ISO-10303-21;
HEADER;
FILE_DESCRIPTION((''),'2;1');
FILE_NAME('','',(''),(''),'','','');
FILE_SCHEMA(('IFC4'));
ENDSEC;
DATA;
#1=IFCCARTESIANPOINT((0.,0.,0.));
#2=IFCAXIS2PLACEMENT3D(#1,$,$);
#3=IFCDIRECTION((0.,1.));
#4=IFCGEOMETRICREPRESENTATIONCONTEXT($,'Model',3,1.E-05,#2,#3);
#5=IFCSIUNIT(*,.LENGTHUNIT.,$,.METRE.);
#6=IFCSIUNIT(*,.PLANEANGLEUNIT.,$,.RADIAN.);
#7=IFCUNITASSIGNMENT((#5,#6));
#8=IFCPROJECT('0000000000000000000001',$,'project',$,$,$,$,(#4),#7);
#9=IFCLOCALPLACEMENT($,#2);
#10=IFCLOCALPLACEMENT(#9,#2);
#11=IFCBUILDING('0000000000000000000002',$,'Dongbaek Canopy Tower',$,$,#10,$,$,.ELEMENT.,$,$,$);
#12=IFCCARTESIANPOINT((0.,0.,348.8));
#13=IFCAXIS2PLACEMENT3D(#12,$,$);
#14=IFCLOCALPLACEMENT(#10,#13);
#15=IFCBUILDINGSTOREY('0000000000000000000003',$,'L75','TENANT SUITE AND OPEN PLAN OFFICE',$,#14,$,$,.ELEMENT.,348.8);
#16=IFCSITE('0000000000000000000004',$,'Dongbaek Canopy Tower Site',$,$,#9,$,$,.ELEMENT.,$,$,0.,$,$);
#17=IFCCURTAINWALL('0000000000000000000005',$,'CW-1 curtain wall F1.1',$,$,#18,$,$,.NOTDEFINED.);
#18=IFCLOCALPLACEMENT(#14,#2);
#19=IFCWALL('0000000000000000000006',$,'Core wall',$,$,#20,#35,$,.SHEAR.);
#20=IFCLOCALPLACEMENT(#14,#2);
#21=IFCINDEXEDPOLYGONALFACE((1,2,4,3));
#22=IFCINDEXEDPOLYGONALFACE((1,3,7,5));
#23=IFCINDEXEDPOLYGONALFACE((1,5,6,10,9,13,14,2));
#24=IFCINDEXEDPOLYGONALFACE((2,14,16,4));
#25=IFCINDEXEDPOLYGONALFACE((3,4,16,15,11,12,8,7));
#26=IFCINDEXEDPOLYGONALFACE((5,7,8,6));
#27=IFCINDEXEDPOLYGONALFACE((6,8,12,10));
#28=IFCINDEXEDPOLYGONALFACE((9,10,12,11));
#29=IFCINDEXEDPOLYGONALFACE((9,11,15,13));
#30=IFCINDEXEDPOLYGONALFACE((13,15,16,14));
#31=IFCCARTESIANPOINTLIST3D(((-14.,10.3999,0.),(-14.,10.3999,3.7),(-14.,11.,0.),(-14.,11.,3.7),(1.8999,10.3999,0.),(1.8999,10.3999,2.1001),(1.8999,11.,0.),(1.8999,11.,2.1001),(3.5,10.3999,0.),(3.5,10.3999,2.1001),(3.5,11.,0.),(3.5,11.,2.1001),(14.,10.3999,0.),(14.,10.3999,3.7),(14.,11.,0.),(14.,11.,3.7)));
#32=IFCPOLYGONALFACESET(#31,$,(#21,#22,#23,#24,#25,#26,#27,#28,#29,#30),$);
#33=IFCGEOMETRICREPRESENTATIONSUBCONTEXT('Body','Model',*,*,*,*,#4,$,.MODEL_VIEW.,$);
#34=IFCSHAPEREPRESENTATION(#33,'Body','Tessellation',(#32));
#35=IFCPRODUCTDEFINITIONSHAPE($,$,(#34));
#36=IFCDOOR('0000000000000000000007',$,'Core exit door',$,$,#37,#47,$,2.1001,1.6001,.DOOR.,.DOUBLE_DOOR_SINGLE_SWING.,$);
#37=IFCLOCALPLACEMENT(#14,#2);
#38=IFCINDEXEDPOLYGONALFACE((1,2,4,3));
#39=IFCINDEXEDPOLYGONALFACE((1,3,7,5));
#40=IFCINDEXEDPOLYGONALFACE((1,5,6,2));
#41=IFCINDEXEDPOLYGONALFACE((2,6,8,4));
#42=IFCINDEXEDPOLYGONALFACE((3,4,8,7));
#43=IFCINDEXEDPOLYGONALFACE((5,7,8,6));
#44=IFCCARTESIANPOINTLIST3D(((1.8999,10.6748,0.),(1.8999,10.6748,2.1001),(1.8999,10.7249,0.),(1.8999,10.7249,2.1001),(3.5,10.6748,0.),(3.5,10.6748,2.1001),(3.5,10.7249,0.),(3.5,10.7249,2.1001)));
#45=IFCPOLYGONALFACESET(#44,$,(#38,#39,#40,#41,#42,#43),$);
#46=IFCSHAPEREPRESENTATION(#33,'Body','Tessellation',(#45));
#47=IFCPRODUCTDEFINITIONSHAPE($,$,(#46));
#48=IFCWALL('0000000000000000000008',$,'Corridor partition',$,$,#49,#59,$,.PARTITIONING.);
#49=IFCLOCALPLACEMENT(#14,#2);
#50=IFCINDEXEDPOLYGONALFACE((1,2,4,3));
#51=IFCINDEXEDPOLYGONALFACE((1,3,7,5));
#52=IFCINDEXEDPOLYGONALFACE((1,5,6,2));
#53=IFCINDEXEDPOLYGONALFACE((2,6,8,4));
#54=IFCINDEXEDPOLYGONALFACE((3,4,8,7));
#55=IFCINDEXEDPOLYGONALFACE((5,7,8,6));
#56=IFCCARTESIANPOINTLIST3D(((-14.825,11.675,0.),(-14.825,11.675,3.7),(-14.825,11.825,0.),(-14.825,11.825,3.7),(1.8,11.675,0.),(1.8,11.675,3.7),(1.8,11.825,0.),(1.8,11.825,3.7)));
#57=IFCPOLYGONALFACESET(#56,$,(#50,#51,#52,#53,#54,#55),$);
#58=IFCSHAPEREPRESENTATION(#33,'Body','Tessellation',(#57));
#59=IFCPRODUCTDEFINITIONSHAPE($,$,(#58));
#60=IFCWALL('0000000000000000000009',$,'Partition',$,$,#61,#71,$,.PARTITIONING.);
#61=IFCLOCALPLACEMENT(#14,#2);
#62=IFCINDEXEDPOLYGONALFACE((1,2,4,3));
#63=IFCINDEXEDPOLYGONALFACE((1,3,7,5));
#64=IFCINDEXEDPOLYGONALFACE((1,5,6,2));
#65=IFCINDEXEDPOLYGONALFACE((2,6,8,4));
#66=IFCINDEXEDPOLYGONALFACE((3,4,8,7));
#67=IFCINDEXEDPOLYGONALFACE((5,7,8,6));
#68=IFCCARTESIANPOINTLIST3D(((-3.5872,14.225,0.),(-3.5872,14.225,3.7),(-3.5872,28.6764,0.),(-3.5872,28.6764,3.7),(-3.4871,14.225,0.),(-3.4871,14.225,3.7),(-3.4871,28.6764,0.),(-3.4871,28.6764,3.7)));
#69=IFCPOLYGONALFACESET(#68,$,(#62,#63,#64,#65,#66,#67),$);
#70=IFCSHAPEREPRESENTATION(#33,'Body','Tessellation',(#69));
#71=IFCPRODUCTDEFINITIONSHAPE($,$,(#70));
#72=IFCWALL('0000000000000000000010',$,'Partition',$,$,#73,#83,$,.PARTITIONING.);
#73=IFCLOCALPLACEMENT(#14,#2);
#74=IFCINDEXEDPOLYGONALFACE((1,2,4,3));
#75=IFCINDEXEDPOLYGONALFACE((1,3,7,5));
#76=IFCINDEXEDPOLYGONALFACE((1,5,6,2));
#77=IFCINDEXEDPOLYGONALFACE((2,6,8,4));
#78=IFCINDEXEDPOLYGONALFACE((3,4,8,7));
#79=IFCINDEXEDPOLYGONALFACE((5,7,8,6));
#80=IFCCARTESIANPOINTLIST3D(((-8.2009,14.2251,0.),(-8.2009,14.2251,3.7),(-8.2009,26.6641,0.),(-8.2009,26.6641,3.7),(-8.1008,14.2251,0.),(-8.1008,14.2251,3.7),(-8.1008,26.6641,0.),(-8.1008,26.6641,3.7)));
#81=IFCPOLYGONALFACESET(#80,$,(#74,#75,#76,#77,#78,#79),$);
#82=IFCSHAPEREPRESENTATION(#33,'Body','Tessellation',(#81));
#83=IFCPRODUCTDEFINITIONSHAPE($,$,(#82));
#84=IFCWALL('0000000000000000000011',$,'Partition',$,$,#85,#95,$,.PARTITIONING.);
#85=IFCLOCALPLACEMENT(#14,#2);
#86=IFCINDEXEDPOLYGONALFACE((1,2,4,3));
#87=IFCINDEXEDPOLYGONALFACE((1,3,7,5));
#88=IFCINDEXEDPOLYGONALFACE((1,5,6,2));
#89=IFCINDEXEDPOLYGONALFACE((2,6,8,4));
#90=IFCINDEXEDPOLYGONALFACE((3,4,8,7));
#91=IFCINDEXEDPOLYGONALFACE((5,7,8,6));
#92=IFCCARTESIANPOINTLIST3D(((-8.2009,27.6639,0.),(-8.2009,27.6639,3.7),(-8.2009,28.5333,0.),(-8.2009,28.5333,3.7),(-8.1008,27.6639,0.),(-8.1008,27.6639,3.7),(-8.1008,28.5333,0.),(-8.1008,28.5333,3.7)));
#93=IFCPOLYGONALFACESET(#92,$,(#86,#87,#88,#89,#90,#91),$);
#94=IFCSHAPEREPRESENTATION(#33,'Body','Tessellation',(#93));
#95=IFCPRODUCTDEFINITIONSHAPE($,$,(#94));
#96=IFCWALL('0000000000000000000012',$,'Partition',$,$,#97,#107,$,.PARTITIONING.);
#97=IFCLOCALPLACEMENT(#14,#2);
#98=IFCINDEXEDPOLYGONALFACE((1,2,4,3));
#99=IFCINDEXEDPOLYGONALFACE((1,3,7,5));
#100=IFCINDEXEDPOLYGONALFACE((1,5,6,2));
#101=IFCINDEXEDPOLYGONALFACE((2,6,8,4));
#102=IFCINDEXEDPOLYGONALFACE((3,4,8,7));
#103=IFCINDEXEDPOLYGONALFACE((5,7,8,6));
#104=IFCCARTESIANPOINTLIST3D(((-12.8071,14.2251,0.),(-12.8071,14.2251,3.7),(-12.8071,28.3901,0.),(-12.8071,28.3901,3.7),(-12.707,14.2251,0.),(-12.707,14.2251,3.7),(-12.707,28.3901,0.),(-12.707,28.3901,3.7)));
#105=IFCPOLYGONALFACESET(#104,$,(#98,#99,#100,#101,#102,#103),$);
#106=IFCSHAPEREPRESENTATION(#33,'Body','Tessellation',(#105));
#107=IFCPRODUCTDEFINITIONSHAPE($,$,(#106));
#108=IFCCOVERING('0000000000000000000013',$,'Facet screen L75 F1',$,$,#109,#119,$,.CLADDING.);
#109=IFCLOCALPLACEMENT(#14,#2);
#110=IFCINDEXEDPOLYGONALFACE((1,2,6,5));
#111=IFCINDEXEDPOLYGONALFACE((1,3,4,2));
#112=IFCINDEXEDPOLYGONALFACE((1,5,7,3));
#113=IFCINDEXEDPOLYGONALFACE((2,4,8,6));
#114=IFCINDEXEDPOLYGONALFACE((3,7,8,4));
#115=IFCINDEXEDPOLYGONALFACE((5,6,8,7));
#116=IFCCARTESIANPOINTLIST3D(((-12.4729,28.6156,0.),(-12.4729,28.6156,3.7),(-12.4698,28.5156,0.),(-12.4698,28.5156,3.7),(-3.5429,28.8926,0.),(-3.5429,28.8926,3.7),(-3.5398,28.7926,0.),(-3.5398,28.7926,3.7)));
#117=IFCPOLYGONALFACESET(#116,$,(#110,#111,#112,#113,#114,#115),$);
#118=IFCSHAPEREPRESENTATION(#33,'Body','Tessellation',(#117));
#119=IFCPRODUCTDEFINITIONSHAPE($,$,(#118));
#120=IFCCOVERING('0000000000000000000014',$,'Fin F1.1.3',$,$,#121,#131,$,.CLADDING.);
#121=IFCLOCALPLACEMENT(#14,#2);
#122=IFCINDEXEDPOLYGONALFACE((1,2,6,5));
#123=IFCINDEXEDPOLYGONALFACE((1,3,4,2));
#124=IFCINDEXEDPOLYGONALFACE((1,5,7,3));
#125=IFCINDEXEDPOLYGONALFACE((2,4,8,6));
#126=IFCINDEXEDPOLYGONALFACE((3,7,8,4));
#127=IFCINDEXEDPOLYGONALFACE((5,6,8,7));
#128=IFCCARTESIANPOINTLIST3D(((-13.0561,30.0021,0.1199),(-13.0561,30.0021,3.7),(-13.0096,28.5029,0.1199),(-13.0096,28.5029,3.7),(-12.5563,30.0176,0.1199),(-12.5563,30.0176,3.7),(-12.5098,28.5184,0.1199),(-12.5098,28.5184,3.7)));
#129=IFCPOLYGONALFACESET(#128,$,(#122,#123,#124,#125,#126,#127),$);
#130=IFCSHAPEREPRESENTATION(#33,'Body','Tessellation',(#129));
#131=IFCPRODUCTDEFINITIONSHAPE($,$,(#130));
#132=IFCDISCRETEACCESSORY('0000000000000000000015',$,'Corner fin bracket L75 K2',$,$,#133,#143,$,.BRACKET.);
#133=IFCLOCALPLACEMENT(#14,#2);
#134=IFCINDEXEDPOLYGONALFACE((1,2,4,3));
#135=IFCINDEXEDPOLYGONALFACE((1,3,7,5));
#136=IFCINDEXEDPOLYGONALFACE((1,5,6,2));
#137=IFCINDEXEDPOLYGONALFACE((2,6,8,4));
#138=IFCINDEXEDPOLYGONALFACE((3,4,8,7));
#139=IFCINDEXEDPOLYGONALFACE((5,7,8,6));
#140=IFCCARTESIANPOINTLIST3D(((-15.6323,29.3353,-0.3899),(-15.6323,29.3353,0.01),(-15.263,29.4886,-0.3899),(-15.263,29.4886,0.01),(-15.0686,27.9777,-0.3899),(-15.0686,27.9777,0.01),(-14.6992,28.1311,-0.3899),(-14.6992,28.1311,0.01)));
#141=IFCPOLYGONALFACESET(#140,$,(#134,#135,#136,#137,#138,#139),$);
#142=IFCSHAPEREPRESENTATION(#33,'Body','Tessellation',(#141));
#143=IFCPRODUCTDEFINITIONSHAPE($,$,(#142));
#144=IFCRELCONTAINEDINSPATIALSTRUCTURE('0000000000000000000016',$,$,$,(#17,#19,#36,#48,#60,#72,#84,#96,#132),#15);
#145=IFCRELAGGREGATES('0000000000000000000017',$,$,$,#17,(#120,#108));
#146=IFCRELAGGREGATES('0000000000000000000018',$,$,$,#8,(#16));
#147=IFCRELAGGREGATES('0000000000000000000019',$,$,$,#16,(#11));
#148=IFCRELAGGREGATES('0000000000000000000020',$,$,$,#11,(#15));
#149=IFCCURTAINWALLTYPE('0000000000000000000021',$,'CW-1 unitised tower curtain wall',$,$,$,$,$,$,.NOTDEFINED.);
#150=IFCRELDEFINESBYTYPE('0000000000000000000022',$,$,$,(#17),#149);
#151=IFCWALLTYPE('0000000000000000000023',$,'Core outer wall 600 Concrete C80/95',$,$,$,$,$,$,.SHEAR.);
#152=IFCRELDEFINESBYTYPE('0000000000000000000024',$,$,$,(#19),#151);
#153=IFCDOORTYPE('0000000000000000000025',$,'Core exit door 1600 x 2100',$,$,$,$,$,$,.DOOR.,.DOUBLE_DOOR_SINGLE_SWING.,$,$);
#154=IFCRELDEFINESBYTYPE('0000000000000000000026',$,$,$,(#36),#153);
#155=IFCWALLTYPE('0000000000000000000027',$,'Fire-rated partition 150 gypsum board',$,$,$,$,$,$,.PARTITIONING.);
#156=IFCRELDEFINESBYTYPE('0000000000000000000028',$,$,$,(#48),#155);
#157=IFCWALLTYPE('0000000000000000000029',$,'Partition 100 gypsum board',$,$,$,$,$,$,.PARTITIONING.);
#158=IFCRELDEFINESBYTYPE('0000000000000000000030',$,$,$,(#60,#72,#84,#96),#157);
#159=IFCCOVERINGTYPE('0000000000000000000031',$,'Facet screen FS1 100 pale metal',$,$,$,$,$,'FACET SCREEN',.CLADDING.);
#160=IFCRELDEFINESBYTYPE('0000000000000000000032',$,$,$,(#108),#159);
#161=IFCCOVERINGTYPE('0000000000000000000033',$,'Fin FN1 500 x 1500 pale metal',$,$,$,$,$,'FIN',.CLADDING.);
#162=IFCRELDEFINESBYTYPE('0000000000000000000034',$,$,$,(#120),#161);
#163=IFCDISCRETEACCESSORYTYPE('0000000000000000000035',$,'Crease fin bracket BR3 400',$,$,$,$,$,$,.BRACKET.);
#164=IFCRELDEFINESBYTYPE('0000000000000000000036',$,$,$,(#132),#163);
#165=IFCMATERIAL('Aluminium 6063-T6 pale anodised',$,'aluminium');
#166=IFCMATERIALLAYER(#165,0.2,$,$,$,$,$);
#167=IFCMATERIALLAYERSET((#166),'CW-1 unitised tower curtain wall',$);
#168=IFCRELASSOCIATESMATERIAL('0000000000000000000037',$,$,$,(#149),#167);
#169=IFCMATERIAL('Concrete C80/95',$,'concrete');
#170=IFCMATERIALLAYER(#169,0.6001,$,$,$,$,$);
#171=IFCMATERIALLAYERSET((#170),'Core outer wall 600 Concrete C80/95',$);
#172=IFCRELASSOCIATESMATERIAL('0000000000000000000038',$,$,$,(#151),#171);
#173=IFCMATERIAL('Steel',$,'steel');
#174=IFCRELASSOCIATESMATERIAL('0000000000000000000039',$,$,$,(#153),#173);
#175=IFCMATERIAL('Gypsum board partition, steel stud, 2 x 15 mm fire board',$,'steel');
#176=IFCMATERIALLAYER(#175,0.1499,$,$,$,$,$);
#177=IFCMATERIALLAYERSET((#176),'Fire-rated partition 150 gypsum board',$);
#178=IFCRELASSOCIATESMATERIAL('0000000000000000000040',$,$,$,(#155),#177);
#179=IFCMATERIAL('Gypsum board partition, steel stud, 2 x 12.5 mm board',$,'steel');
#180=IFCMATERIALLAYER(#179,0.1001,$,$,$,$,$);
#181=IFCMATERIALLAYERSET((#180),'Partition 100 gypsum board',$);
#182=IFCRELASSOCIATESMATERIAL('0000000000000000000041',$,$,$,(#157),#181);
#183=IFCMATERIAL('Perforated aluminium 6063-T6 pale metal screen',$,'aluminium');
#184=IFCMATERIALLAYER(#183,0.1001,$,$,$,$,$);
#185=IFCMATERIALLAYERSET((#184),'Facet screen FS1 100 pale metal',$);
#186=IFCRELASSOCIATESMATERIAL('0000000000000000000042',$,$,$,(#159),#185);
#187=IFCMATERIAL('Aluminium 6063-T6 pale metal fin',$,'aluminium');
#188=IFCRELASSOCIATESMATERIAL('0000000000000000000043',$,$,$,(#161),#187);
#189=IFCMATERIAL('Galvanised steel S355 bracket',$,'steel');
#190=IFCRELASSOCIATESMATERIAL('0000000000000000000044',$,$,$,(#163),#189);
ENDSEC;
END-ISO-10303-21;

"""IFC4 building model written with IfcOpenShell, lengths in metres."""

from ifc_helpers import new_model, si_unit, direction, frame, frame_2d, origin, origin_2d, place, context, subcontext, project, spatial, rectangle, extrude, material, layer, layer_set, material_profile, profile_set, type_object, element, fill, aggregate, save


model = new_model("IFC4")

# Units and contexts
model_context = context("Model", 3, precision=1e-05, world=origin(), true_north=direction((0.0, 1.0)))
body_context = subcontext(model_context, "Body", "Model", "MODEL_VIEW")
ifc_project = project(units=[si_unit("LENGTHUNIT", "METRE"), si_unit("PLANEANGLEUNIT", "RADIAN")], contexts=[model_context])

# Site, building, storey
site_placement = place(None, origin())
site = spatial("IfcSite", under=ifc_project, at=site_placement, Name="Dongbaek Canopy Tower Site", CompositionType="ELEMENT", RefElevation=0.0)
building_placement = place(site_placement, origin())
building = spatial("IfcBuilding", under=site, at=building_placement, Name="Dongbaek Canopy Tower", CompositionType="ELEMENT")
storey_placement = place(building_placement, frame((0.0, 0.0, 348.8)))
storey = spatial("IfcBuildingStorey", under=building, at=storey_placement, Name="L75", Description="TENANT SUITE AND OPEN PLAN OFFICE", CompositionType="ELEMENT", Elevation=348.8)

# Curtain wall
ifc_material_1 = material(Name="Aluminium 6063-T6 pale anodised", Category="aluminium")
ifc_layer_1 = layer(ifc_material_1, 0.2)
ifc_layer_set_1 = layer_set([ifc_layer_1], Name="CW-1 unitised tower curtain wall")
curtain_wall_type = type_object("IfcCurtainWallType", Name="CW-1 unitised tower curtain wall", PredefinedType="NOTDEFINED", material=ifc_layer_set_1)
curtain_wall_1_placement = place(storey_placement, origin())
curtain_wall_1 = element("IfcCurtainWall", 1, at=curtain_wall_1_placement, inside=storey, type_object=curtain_wall_type, Name="CW-1 curtain wall F1.1", PredefinedType="NOTDEFINED")

# Wall, opening, door
ifc_material_2 = material(Name="Concrete C80/95", Category="concrete")
ifc_layer_2 = layer(ifc_material_2, 0.6001)
ifc_layer_set_2 = layer_set([ifc_layer_2], Name="Core outer wall 600 Concrete C80/95")
wall_type_1 = type_object("IfcWallType", Name="Core outer wall 600 Concrete C80/95", PredefinedType="SHEAR", material=ifc_layer_set_2)
wall_1_placement = place(storey_placement, frame((-14.0, 10.7, 0.0), z_axis=(0.0, 0.0, 1.0), x_axis=(1.0, 0.0, 0.0)))
wall_1 = element("IfcWall", 2, at=wall_1_placement, inside=storey, type_object=wall_type_1, Name="Core wall", PredefinedType="SHEAR", context=body_context, shape_type="SweptSolid", body=[
    extrude(rectangle(XDim=28.0, YDim=0.6001, at=frame_2d((14.0, 0.0))), origin(), (0.0, 0.0, 1.0), 3.7),
])
opening_placement = place(wall_1_placement, frame((15.8999, 0.0, 0.0)))
opening = element("IfcOpeningElement", 3, at=opening_placement, cuts=wall_1, PredefinedType="OPENING", context=body_context, shape_type="SweptSolid", body=[
    extrude(rectangle(XDim=1.6001, YDim=2.1001, at=frame_2d((0.8, 1.05))), frame((0.0, 0.3101, 0.0), z_axis=(0.0, -1.0, 0.0), x_axis=(1.0, 0.0, 0.0)), (0.0, 0.0, 1.0), 0.6201),
])
ifc_material_3 = material(Name="Steel", Category="steel")
door_type = type_object("IfcDoorType", Name="Core exit door 1600 x 2100", OperationType="DOUBLE_DOOR_SINGLE_SWING", PredefinedType="DOOR", material=ifc_material_3)
door_placement = place(opening_placement, origin())
door = element("IfcDoor", 4, at=door_placement, inside=storey, type_object=door_type, Name="Core exit door", OperationType="DOUBLE_DOOR_SINGLE_SWING", OverallHeight=2.1001, OverallWidth=1.6001, PredefinedType="DOOR", context=body_context, shape_type="SweptSolid", body=[
    extrude(rectangle(XDim=1.6001, YDim=2.1001, at=frame_2d((0.8, 1.05))), frame((0.0, 0.0249, 0.0), z_axis=(0.0, -1.0, 0.0), x_axis=(1.0, 0.0, 0.0)), (0.0, 0.0, 1.0), 0.05),
])
fill(opening, door)

# Walls
ifc_material_4 = material(Name="Gypsum board partition, steel stud, 2 x 15 mm fire board", Category="steel")
ifc_layer_3 = layer(ifc_material_4, 0.1499)
ifc_layer_set_3 = layer_set([ifc_layer_3], Name="Fire-rated partition 150 gypsum board")
wall_type_2 = type_object("IfcWallType", Name="Fire-rated partition 150 gypsum board", PredefinedType="PARTITIONING", material=ifc_layer_set_3)
wall_2_placement = place(storey_placement, frame((-14.825, 11.75, 0.0), z_axis=(0.0, 0.0, 1.0), x_axis=(1.0, 0.0, 0.0)))
element("IfcWall", 5, at=wall_2_placement, inside=storey, type_object=wall_type_2, Name="Corridor partition", PredefinedType="PARTITIONING", context=body_context, shape_type="SweptSolid", body=[
    extrude(rectangle(XDim=16.625, YDim=0.1499, at=frame_2d((8.3125, 0.0))), origin(), (0.0, 0.0, 1.0), 3.7),
])
ifc_material_5 = material(Name="Gypsum board partition, steel stud, 2 x 12.5 mm board", Category="steel")
ifc_layer_4 = layer(ifc_material_5, 0.1001)
ifc_layer_set_4 = layer_set([ifc_layer_4], Name="Partition 100 gypsum board")
wall_type_3 = type_object("IfcWallType", Name="Partition 100 gypsum board", PredefinedType="PARTITIONING", material=ifc_layer_set_4)
wall_3_placement = place(storey_placement, frame((-3.5371, 14.2251, 0.0), z_axis=(0.0, 0.0, 1.0), x_axis=(0.0, 1.0, 0.0)))
element("IfcWall", 6, at=wall_3_placement, inside=storey, type_object=wall_type_3, Name="Partition", PredefinedType="PARTITIONING", context=body_context, shape_type="SweptSolid", body=[
    extrude(rectangle(XDim=14.4514, YDim=0.1001, at=frame_2d((7.2256, 0.0))), origin(), (0.0, 0.0, 1.0), 3.7),
])
wall_4_placement = place(storey_placement, frame((-8.1509, 14.2251, 0.0), z_axis=(0.0, 0.0, 1.0), x_axis=(0.0, 1.0, 0.0)))
element("IfcWall", 7, at=wall_4_placement, inside=storey, type_object=wall_type_3, Name="Partition", PredefinedType="PARTITIONING", context=body_context, shape_type="SweptSolid", body=[
    extrude(rectangle(XDim=12.439, YDim=0.1001, at=frame_2d((6.2195, 0.0))), origin(), (0.0, 0.0, 1.0), 3.7),
])
wall_5_placement = place(storey_placement, frame((-8.1509, 27.6641, 0.0), z_axis=(0.0, 0.0, 1.0), x_axis=(0.0, 1.0, 0.0)))
element("IfcWall", 8, at=wall_5_placement, inside=storey, type_object=wall_type_3, Name="Partition", PredefinedType="PARTITIONING", context=body_context, shape_type="SweptSolid", body=[
    extrude(rectangle(XDim=0.8694, YDim=0.1001, at=frame_2d((0.4346, 0.0))), origin(), (0.0, 0.0, 1.0), 3.7),
])
wall_6_placement = place(storey_placement, frame((-12.7571, 14.2251, 0.0), z_axis=(0.0, 0.0, 1.0), x_axis=(0.0, 1.0, 0.0)))
element("IfcWall", 9, at=wall_6_placement, inside=storey, type_object=wall_type_3, Name="Partition", PredefinedType="PARTITIONING", context=body_context, shape_type="SweptSolid", body=[
    extrude(rectangle(XDim=14.165, YDim=0.1001, at=frame_2d((7.0825, 0.0))), origin(), (0.0, 0.0, 1.0), 3.7),
])

# Coverings
ifc_material_6 = material(Name="Perforated aluminium 6063-T6 pale metal screen", Category="aluminium")
ifc_layer_5 = layer(ifc_material_6, 0.1001)
ifc_layer_set_5 = layer_set([ifc_layer_5], Name="Facet screen FS1 100 pale metal")
covering_type_1 = type_object("IfcCoveringType", Name="Facet screen FS1 100 pale metal", ElementType="FACET SCREEN", PredefinedType="CLADDING", material=ifc_layer_set_5)
covering_1_placement = place(storey_placement, frame((-8.0063, 28.7041, 0.0), z_axis=(0.0, 0.0, 1.0), x_axis=(-0.999519, -0.031004, 0.0)))
covering_1 = element("IfcCovering", 10, at=covering_1_placement, type_object=covering_type_1, Name="Facet screen L75 F1", PredefinedType="CLADDING", context=body_context, shape_type="SweptSolid", body=[
    extrude(rectangle(XDim=8.9343, YDim=0.1001, at=origin_2d()), origin(), (0.0, 0.0, 1.0), 3.7),
])
ifc_material_7 = material(Name="Aluminium 6063-T6 pale metal fin", Category="aluminium")
ifc_material_profile_1 = material_profile(ifc_material_7, rectangle(XDim=1.5, YDim=0.5, at=origin_2d()), Name="Fin FN1 500 x 1500 pale metal")
ifc_profile_set_1 = profile_set([ifc_material_profile_1], Name="Aluminium 6063-T6 pale metal fin")
covering_type_2 = type_object("IfcCoveringType", Name="Fin FN1 500 x 1500 pale metal", ElementType="FIN", PredefinedType="CLADDING", material=ifc_profile_set_1)
covering_2_placement = place(storey_placement, frame((-12.783, 29.2603, 0.1199), z_axis=(0.0, 0.0, 1.0), x_axis=(-0.031003, 0.999519, 0.0)))
covering_2 = element("IfcCovering", 11, at=covering_2_placement, type_object=covering_type_2, Name="Fin F1.1.3", PredefinedType="CLADDING", context=body_context, shape_type="SweptSolid", body=[
    extrude(rectangle(XDim=1.5, YDim=0.5, at=origin_2d()), origin(), (0.0, 0.0, 1.0), 3.5801),
])
aggregate(curtain_wall_1, [covering_2, covering_1])

# Discrete accessory
ifc_material_8 = material(Name="Galvanised steel S355 bracket", Category="steel")
discrete_accessory_type = type_object("IfcDiscreteAccessoryType", Name="Crease fin bracket BR3 400", PredefinedType="BRACKET", material=ifc_material_8)
discrete_accessory_placement = place(storey_placement, frame((-15.1658, 28.7332, -0.3899), z_axis=(0.0, 0.0, 1.0), x_axis=(-0.38351, 0.923537, 0.0)))
element("IfcDiscreteAccessory", 12, at=discrete_accessory_placement, inside=storey, type_object=discrete_accessory_type, Name="Corner fin bracket L75 K2", PredefinedType="BRACKET", context=body_context, shape_type="SweptSolid", body=[
    extrude(rectangle(XDim=1.47, YDim=0.3999, at=origin_2d()), origin(), (0.0, 0.0, 1.0), 0.3999),
])

save(model, "model.ifc")
